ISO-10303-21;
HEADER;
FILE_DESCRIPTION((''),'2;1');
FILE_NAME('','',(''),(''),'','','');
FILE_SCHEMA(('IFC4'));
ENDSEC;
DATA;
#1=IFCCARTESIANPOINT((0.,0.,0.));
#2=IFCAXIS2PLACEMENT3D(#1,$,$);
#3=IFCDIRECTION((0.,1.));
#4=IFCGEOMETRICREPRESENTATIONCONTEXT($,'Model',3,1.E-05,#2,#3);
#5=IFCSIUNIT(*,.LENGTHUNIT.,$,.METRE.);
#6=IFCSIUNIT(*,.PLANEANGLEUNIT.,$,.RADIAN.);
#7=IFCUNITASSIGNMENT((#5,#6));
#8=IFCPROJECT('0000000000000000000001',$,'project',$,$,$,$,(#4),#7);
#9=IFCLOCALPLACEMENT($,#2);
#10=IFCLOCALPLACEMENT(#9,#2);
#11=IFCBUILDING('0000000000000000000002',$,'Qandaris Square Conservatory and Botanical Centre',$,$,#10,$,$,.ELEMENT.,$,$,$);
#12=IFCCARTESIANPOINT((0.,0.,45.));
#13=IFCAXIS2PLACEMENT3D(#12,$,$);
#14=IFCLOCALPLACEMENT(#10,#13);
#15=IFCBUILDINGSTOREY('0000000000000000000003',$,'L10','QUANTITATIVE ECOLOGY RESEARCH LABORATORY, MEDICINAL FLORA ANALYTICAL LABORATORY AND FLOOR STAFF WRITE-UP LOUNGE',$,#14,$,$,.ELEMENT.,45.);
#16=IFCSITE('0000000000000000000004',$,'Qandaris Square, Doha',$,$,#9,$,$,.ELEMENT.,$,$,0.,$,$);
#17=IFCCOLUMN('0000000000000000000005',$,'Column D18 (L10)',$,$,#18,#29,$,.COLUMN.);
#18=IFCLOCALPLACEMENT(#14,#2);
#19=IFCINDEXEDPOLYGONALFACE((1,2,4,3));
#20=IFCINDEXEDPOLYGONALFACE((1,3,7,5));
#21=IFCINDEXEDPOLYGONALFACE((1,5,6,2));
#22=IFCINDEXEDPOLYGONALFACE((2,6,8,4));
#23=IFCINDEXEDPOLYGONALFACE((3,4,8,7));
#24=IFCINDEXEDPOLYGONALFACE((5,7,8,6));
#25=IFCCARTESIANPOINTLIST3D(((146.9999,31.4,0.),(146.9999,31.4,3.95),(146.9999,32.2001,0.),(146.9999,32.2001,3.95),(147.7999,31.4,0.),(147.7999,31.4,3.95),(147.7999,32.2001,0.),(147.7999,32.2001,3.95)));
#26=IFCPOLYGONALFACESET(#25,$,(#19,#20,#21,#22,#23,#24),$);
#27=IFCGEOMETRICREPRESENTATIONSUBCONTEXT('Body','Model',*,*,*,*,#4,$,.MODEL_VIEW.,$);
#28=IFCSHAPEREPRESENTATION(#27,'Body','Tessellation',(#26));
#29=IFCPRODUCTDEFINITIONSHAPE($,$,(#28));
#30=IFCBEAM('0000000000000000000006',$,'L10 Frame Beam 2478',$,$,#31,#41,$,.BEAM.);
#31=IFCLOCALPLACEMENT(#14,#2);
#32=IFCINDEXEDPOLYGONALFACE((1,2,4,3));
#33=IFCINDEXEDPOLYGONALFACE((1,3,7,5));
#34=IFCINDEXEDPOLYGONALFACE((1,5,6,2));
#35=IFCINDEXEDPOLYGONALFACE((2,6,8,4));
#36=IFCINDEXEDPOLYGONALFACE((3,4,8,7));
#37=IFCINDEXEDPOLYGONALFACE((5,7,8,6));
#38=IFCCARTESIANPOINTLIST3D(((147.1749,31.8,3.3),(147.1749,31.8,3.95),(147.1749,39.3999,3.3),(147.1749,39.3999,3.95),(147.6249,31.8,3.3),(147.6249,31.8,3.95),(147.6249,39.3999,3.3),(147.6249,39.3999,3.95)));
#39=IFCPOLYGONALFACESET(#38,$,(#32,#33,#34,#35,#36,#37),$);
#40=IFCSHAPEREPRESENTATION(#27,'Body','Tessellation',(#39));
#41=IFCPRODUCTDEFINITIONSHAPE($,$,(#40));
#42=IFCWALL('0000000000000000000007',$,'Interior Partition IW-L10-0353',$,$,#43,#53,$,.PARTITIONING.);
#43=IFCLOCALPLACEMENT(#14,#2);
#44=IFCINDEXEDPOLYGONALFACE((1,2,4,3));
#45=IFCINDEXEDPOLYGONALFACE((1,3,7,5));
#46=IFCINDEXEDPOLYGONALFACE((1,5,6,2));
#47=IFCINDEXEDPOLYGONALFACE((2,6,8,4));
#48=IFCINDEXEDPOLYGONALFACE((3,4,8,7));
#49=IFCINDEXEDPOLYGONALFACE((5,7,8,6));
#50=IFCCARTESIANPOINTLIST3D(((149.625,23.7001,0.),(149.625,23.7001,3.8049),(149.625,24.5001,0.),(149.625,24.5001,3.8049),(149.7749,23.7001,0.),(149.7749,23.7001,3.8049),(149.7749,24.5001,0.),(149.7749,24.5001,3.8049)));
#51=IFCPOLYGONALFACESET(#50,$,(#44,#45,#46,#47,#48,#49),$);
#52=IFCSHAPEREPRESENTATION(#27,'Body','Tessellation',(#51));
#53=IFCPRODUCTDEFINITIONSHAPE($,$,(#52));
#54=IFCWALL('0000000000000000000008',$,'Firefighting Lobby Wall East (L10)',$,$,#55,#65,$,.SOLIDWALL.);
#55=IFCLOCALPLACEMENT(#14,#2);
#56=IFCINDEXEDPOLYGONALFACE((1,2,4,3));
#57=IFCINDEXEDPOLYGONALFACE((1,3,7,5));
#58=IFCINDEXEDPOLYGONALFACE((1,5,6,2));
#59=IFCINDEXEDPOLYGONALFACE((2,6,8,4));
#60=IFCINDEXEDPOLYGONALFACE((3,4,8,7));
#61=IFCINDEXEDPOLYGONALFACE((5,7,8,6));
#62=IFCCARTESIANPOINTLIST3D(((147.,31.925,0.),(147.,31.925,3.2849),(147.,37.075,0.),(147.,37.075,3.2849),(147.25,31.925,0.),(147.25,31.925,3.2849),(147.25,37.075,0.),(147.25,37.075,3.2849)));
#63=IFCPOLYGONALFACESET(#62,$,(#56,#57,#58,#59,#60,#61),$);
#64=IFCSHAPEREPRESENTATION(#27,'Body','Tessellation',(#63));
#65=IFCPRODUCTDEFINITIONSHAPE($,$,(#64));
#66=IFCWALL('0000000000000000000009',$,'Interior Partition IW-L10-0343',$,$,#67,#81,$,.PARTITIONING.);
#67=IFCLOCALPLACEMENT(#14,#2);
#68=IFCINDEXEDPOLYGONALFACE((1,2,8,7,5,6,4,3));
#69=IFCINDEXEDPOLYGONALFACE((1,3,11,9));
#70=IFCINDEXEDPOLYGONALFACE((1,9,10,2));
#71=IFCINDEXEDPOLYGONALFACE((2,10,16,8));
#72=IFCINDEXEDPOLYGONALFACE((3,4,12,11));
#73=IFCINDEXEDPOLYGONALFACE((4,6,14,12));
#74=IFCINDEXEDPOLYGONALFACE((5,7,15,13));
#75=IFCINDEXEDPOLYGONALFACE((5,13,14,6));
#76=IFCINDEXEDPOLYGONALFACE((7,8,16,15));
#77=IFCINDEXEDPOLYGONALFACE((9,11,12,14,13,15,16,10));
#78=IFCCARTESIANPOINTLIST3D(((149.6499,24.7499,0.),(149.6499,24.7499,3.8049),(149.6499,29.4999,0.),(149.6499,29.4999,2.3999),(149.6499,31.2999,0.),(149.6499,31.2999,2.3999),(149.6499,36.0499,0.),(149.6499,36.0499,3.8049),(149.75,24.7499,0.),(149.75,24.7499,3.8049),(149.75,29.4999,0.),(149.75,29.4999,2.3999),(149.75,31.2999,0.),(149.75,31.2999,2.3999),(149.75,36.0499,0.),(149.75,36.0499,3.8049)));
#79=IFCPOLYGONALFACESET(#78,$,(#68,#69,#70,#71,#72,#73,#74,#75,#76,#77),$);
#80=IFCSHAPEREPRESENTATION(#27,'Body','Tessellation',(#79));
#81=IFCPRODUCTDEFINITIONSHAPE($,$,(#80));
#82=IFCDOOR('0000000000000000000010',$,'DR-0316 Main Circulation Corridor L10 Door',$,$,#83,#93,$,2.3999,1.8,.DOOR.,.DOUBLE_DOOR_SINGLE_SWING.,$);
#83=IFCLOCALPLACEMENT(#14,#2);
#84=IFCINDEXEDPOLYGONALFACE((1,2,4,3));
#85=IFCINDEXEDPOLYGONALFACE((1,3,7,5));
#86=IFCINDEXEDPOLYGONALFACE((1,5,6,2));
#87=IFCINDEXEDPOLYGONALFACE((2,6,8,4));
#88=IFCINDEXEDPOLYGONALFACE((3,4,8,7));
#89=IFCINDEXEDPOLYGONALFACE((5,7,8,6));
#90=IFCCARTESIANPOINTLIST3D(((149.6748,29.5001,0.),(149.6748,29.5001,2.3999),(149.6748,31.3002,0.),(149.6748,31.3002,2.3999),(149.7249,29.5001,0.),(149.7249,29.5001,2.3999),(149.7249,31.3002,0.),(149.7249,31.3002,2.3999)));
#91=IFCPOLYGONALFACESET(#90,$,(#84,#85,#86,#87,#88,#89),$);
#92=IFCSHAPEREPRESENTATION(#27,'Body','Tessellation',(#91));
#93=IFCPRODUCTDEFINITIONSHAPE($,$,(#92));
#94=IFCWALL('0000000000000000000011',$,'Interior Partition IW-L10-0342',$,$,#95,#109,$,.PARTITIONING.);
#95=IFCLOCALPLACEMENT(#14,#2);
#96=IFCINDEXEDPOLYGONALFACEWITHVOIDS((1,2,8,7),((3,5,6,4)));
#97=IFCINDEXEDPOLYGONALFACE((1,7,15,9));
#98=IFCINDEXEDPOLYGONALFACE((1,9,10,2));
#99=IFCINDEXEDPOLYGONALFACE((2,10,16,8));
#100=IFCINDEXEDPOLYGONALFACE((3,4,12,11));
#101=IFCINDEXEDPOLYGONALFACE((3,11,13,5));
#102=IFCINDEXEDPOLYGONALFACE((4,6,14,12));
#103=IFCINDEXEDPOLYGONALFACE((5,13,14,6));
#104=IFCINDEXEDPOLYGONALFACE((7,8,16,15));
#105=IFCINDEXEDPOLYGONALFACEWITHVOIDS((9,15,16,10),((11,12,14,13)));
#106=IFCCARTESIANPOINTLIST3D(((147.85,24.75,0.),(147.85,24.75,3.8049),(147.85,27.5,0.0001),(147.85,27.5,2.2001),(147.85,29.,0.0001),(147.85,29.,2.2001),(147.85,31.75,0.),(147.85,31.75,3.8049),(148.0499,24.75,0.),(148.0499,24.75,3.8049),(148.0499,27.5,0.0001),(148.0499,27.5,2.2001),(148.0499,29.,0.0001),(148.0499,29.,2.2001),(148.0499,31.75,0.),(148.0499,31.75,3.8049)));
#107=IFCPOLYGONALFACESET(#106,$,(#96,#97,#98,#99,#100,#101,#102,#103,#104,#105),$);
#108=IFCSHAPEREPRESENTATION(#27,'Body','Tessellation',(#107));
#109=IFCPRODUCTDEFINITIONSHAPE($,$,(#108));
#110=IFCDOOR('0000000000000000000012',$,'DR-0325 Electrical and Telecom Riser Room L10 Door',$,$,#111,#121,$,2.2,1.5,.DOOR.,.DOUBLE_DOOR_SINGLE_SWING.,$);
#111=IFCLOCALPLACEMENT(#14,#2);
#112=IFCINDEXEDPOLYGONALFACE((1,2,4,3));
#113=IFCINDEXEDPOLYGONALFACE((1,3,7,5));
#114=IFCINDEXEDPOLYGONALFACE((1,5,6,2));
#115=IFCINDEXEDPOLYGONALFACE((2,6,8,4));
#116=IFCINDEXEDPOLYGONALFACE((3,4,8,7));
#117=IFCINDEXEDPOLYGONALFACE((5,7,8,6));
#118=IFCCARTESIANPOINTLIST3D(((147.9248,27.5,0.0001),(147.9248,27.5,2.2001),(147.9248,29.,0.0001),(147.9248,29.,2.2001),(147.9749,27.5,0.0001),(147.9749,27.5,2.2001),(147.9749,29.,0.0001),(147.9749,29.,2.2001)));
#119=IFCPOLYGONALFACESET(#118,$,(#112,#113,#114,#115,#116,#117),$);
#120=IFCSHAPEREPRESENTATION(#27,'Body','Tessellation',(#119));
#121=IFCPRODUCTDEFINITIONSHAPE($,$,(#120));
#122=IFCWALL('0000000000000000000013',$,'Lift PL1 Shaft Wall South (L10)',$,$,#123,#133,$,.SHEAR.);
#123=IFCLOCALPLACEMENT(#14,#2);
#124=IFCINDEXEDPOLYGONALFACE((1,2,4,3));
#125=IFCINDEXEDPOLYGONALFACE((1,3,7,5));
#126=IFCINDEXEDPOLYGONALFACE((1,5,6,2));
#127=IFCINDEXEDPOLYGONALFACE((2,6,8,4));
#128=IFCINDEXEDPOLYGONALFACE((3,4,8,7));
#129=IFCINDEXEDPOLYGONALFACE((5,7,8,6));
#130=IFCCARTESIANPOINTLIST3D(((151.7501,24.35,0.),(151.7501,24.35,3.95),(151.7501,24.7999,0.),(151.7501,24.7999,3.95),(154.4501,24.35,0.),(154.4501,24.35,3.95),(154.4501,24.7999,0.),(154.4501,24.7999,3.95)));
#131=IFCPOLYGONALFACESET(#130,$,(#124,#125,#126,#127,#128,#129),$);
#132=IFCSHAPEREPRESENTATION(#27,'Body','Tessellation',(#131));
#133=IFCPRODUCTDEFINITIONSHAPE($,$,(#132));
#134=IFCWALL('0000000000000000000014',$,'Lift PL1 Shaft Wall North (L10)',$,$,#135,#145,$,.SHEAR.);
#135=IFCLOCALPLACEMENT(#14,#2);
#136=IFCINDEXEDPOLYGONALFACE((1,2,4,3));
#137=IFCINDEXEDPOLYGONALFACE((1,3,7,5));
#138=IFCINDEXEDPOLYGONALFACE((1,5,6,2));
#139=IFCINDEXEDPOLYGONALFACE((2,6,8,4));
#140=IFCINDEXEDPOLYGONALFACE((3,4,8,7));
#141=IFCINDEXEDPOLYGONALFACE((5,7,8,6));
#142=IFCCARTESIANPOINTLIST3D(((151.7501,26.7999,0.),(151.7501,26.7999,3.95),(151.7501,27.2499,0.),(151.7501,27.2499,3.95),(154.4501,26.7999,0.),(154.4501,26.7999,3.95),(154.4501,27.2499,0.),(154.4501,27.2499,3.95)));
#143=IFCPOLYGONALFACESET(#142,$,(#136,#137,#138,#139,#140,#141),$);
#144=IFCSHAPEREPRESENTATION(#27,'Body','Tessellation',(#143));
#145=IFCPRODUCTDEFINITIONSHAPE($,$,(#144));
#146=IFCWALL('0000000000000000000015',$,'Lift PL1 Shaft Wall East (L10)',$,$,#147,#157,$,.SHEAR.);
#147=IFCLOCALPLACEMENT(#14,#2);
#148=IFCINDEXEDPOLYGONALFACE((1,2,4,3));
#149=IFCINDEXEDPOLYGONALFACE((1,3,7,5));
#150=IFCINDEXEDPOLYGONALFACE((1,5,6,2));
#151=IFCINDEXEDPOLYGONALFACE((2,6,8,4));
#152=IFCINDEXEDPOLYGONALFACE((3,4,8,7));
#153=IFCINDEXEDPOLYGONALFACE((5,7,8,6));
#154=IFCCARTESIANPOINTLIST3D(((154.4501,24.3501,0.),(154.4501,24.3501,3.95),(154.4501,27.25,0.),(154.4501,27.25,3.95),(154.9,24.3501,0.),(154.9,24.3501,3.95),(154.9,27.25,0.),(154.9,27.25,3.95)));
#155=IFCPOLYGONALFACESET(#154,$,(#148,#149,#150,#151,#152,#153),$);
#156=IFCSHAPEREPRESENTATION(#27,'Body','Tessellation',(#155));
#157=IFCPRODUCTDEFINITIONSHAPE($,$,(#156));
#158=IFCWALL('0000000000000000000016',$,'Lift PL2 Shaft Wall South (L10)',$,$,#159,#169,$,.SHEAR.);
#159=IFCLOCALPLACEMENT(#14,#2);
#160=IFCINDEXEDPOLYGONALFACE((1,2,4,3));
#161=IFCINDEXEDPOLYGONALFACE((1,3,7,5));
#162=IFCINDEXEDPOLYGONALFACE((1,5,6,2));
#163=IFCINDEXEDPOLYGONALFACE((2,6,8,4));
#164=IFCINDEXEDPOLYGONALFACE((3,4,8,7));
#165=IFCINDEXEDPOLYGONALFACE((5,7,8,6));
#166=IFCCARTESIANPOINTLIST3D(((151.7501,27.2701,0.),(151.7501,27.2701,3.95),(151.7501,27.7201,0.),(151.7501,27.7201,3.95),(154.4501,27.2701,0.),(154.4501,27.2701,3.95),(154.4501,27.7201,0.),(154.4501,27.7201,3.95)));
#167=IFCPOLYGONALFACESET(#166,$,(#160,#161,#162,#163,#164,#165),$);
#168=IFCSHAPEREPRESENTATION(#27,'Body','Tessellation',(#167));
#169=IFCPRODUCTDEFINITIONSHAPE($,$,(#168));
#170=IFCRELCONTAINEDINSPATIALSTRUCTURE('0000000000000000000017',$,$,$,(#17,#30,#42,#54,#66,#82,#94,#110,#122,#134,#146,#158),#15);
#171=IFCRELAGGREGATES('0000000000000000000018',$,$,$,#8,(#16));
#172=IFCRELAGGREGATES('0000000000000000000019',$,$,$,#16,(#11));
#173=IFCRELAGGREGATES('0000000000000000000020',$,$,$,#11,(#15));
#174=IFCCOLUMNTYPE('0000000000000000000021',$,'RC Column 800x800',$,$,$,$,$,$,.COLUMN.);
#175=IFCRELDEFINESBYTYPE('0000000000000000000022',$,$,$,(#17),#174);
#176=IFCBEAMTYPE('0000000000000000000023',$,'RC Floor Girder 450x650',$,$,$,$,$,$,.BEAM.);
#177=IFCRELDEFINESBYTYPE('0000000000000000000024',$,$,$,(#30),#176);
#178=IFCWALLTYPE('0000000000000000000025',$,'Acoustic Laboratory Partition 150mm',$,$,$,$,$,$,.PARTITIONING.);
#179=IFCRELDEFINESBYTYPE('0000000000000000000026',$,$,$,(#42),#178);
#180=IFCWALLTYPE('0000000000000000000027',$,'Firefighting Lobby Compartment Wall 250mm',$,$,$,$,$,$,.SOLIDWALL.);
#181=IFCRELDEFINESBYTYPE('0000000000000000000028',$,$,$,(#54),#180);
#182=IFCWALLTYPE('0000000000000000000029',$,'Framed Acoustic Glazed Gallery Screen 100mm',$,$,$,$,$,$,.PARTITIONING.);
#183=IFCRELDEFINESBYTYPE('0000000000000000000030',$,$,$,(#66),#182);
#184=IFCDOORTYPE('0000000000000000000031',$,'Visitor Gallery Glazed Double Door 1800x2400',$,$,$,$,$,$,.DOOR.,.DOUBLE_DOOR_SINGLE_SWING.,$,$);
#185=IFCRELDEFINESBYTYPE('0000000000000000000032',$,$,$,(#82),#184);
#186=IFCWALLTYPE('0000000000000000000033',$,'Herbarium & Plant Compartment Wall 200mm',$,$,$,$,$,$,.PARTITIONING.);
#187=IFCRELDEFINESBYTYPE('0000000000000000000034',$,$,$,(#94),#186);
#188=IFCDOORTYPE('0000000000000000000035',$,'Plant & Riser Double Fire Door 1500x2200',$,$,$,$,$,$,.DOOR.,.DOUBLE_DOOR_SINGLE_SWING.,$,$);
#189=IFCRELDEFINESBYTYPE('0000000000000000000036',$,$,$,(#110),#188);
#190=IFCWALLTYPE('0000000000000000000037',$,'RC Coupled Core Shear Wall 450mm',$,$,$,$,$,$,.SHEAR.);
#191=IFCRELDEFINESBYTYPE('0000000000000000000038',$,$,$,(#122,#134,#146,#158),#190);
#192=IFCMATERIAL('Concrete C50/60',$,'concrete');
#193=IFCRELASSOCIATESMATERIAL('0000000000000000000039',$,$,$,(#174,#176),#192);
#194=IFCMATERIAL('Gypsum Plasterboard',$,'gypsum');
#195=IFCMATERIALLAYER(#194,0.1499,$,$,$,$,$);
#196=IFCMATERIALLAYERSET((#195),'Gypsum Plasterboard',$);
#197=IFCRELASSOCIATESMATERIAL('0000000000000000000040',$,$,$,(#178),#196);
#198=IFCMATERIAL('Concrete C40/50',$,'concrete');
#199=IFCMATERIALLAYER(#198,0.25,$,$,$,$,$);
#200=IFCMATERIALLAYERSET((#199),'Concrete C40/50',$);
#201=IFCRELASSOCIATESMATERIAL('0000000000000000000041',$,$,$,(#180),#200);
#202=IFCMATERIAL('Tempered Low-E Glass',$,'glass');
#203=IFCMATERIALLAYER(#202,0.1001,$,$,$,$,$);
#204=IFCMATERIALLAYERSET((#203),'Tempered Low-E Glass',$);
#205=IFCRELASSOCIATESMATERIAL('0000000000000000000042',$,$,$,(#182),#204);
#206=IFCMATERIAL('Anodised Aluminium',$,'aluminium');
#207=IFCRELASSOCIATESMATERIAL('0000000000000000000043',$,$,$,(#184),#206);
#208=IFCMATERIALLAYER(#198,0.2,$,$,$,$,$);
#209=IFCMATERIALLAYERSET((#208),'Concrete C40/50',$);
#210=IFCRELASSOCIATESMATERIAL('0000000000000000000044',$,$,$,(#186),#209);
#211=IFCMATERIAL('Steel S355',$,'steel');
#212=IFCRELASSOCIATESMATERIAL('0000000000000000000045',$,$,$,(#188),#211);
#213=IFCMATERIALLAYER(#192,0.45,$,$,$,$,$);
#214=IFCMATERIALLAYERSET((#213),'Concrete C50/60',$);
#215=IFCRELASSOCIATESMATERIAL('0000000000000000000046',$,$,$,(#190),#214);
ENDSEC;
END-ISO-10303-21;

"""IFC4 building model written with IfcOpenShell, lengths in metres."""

from ifc_helpers import new_model, si_unit, direction, frame, frame_2d, origin, origin_2d, place, context, subcontext, project, spatial, rectangle, extrude, material, layer, layer_set, material_profile, profile_set, type_object, element, fill, save


model = new_model("IFC4")

# Units and contexts
model_context = context("Model", 3, precision=1e-05, world=origin(), true_north=direction((0.0, 1.0)))
body_context = subcontext(model_context, "Body", "Model", "MODEL_VIEW")
ifc_project = project(units=[si_unit("LENGTHUNIT", "METRE"), si_unit("PLANEANGLEUNIT", "RADIAN")], contexts=[model_context])

# Site, building, storey
site_placement = place(None, origin())
site = spatial("IfcSite", under=ifc_project, at=site_placement, Name="Qandaris Square, Doha", CompositionType="ELEMENT", RefElevation=0.0)
building_placement = place(site_placement, origin())
building = spatial("IfcBuilding", under=site, at=building_placement, Name="Qandaris Square Conservatory and Botanical Centre", CompositionType="ELEMENT")
storey_placement = place(building_placement, frame((0.0, 0.0, 45.0)))
storey = spatial("IfcBuildingStorey", under=building, at=storey_placement, Name="L10", Description="QUANTITATIVE ECOLOGY RESEARCH LABORATORY, MEDICINAL FLORA ANALYTICAL LABORATORY AND FLOOR STAFF WRITE-UP LOUNGE", CompositionType="ELEMENT", Elevation=45.0)

# Column
ifc_material_1 = material(Name="Concrete C50/60", Category="concrete")
ifc_material_profile_1 = material_profile(ifc_material_1, rectangle(XDim=0.8, YDim=0.8, at=origin_2d()), Name="RC-COL 800x800")
ifc_profile_set_1 = profile_set([ifc_material_profile_1], Name="Concrete C50/60")
column_type = type_object("IfcColumnType", Name="RC Column 800x800", PredefinedType="COLUMN", material=ifc_profile_set_1)
column_placement = place(storey_placement, frame((147.3999, 31.8, 0.0), z_axis=(0.0, 0.0, 1.0), x_axis=(1.0, 0.0, 0.0)))
element("IfcColumn", 1, at=column_placement, inside=storey, type_object=column_type, Name="Column D18 (L10)", PredefinedType="COLUMN", context=body_context, shape_type="SweptSolid", body=[
    extrude(rectangle(XDim=0.8, YDim=0.8, at=origin_2d()), origin(), (0.0, 0.0, 1.0), 3.95),
])

# Beam
ifc_material_profile_2 = material_profile(ifc_material_1, rectangle(XDim=0.45, YDim=0.6499, at=origin_2d()), Name="RC-BM 450x650")
ifc_profile_set_2 = profile_set([ifc_material_profile_2], Name="Concrete C50/60")
beam_type = type_object("IfcBeamType", Name="RC Floor Girder 450x650", PredefinedType="BEAM", material=ifc_profile_set_2)
beam_placement = place(storey_placement, frame((147.3999, 31.8, 3.625), z_axis=(0.0, 1.0, 0.0), x_axis=(-1.0, 0.0, 0.0)))
element("IfcBeam", 2, at=beam_placement, inside=storey, type_object=beam_type, Name="L10 Frame Beam 2478", PredefinedType="BEAM", context=body_context, shape_type="SweptSolid", body=[
    extrude(rectangle(XDim=0.45, YDim=0.6499, at=origin_2d()), origin(), (0.0, 0.0, 1.0), 7.5999),
])

# Walls
ifc_material_2 = material(Name="Gypsum Plasterboard", Category="gypsum")
ifc_layer_1 = layer(ifc_material_2, 0.1499)
ifc_layer_set_1 = layer_set([ifc_layer_1], Name="Gypsum Plasterboard")
wall_type_1 = type_object("IfcWallType", Name="Acoustic Laboratory Partition 150mm", PredefinedType="PARTITIONING", material=ifc_layer_set_1)
wall_1_placement = place(storey_placement, frame((149.7, 24.5, 0.0), z_axis=(0.0, 0.0, 1.0), x_axis=(0.0, -1.0, 0.0)))
element("IfcWall", 3, at=wall_1_placement, inside=storey, type_object=wall_type_1, Name="Interior Partition IW-L10-0353", PredefinedType="PARTITIONING", context=body_context, shape_type="SweptSolid", body=[
    extrude(rectangle(XDim=0.8, YDim=0.1499, at=frame_2d((0.3999, 0.0))), origin(), (0.0, 0.0, 1.0), 3.8049),
])
ifc_material_3 = material(Name="Concrete C40/50", Category="concrete")
ifc_layer_2 = layer(ifc_material_3, 0.25)
ifc_layer_set_2 = layer_set([ifc_layer_2], Name="Concrete C40/50")
wall_type_2 = type_object("IfcWallType", Name="Firefighting Lobby Compartment Wall 250mm", PredefinedType="SOLIDWALL", material=ifc_layer_set_2)
wall_2_placement = place(storey_placement, frame((147.125, 31.925, 0.0), z_axis=(0.0, 0.0, 1.0), x_axis=(0.0, 1.0, 0.0)))
element("IfcWall", 4, at=wall_2_placement, inside=storey, type_object=wall_type_2, Name="Firefighting Lobby Wall East (L10)", PredefinedType="SOLIDWALL", context=body_context, shape_type="SweptSolid", body=[
    extrude(rectangle(XDim=5.1499, YDim=0.25, at=frame_2d((2.575, 0.0))), origin(), (0.0, 0.0, 1.0), 3.2849),
])

# Walls, openings, doors
ifc_material_4 = material(Name="Tempered Low-E Glass", Category="glass")
ifc_layer_3 = layer(ifc_material_4, 0.1001)
ifc_layer_set_3 = layer_set([ifc_layer_3], Name="Tempered Low-E Glass")
wall_type_3 = type_object("IfcWallType", Name="Framed Acoustic Glazed Gallery Screen 100mm", PredefinedType="PARTITIONING", material=ifc_layer_set_3)
wall_3_placement = place(storey_placement, frame((149.7, 24.75, 0.0), z_axis=(0.0, 0.0, 1.0), x_axis=(0.0, 1.0, 0.0)))
wall_3 = element("IfcWall", 5, at=wall_3_placement, inside=storey, type_object=wall_type_3, Name="Interior Partition IW-L10-0343", PredefinedType="PARTITIONING", context=body_context, shape_type="SweptSolid", body=[
    extrude(rectangle(XDim=11.3, YDim=0.1001, at=frame_2d((5.6499, 0.0))), origin(), (0.0, 0.0, 1.0), 3.8049),
])
opening_1_placement = place(wall_3_placement, frame((4.75, 0.0, 0.0)))
opening_1 = element("IfcOpeningElement", 6, at=opening_1_placement, cuts=wall_3, PredefinedType="OPENING", context=body_context, shape_type="SweptSolid", body=[
    extrude(rectangle(XDim=1.8, YDim=2.3999, at=frame_2d((0.8999, 1.2))), frame((0.0, 0.062, 0.0), z_axis=(0.0, -1.0, 0.0), x_axis=(1.0, 0.0, 0.0)), (0.0, 0.0, 1.0), 0.124),
])
ifc_material_5 = material(Name="Anodised Aluminium", Category="aluminium")
door_type_1 = type_object("IfcDoorType", Name="Visitor Gallery Glazed Double Door 1800x2400", OperationType="DOUBLE_DOOR_SINGLE_SWING", PredefinedType="DOOR", material=ifc_material_5)
door_1_placement = place(opening_1_placement, frame((1.8, 0.0, 0.0), z_axis=(0.0, 0.0, 1.0), x_axis=(-1.0, 0.0, 0.0)))
door_1 = element("IfcDoor", 7, at=door_1_placement, inside=storey, type_object=door_type_1, Name="DR-0316 Main Circulation Corridor L10 Door", OperationType="DOUBLE_DOOR_SINGLE_SWING", OverallHeight=2.3999, OverallWidth=1.8, PredefinedType="DOOR", context=body_context, shape_type="SweptSolid", body=[
    extrude(rectangle(XDim=1.8, YDim=2.3999, at=frame_2d((0.8999, 1.2))), frame((0.0, 0.0249, 0.0), z_axis=(0.0, -1.0, 0.0), x_axis=(1.0, 0.0, 0.0)), (0.0, 0.0, 1.0), 0.05),
])
fill(opening_1, door_1)
ifc_layer_4 = layer(ifc_material_3, 0.2)
ifc_layer_set_4 = layer_set([ifc_layer_4], Name="Concrete C40/50")
wall_type_4 = type_object("IfcWallType", Name="Herbarium & Plant Compartment Wall 200mm", PredefinedType="PARTITIONING", material=ifc_layer_set_4)
wall_4_placement = place(storey_placement, frame((147.95, 31.75, 0.0), z_axis=(0.0, 0.0, 1.0), x_axis=(0.0, -1.0, 0.0)))
wall_4 = element("IfcWall", 8, at=wall_4_placement, inside=storey, type_object=wall_type_4, Name="Interior Partition IW-L10-0342", PredefinedType="PARTITIONING", context=body_context, shape_type="SweptSolid", body=[
    extrude(rectangle(XDim=7.0, YDim=0.2, at=frame_2d((3.5, 0.0))), origin(), (0.0, 0.0, 1.0), 3.8049),
])
opening_2_placement = place(wall_4_placement, frame((2.75, 0.0, 0.0)))
opening_2 = element("IfcOpeningElement", 9, at=opening_2_placement, cuts=wall_4, PredefinedType="OPENING", context=body_context, shape_type="SweptSolid", body=[
    extrude(rectangle(XDim=1.5, YDim=2.2, at=frame_2d((0.75, 1.1001))), frame((0.0, 0.1118, 0.0), z_axis=(0.0, -1.0, 0.0), x_axis=(1.0, 0.0, 0.0)), (0.0, 0.0, 1.0), 0.2239),
])
ifc_material_6 = material(Name="Steel S355", Category="steel")
door_type_2 = type_object("IfcDoorType", Name="Plant & Riser Double Fire Door 1500x2200", OperationType="DOUBLE_DOOR_SINGLE_SWING", PredefinedType="DOOR", material=ifc_material_6)
door_2_placement = place(opening_2_placement, origin())
door_2 = element("IfcDoor", 10, at=door_2_placement, inside=storey, type_object=door_type_2, Name="DR-0325 Electrical and Telecom Riser Room L10 Door", OperationType="DOUBLE_DOOR_SINGLE_SWING", OverallHeight=2.2, OverallWidth=1.5, PredefinedType="DOOR", context=body_context, shape_type="SweptSolid", body=[
    extrude(rectangle(XDim=1.5, YDim=2.2, at=frame_2d((0.75, 1.1001))), frame((0.0, 0.0249, 0.0), z_axis=(0.0, -1.0, 0.0), x_axis=(1.0, 0.0, 0.0)), (0.0, 0.0, 1.0), 0.05),
])
fill(opening_2, door_2)

# Walls
ifc_layer_5 = layer(ifc_material_1, 0.45)
ifc_layer_set_5 = layer_set([ifc_layer_5], Name="Concrete C50/60")
wall_type_5 = type_object("IfcWallType", Name="RC Coupled Core Shear Wall 450mm", PredefinedType="SHEAR", material=ifc_layer_set_5)
for number, where, z_axis, x_axis, name in (
    (11, (151.75, 24.575, 0.0), (0.0, 0.0, 1.0), (1.0, 0.0, 0.0), "Lift PL1 Shaft Wall South (L10)"),
    (12, (151.75, 27.0249, 0.0), (0.0, 0.0, 1.0), (1.0, 0.0, 0.0), "Lift PL1 Shaft Wall North (L10)"),
):
    element("IfcWall", number, at=place(storey_placement, frame(where, z_axis=z_axis, x_axis=x_axis)), inside=storey, type_object=wall_type_5, Name=name, PredefinedType="SHEAR", context=body_context, shape_type="SweptSolid", body=[
        extrude(rectangle(XDim=2.7, YDim=0.45, at=frame_2d((1.3501, 0.0))), origin(), (0.0, 0.0, 1.0), 3.95),
    ])
wall_5_placement = place(storey_placement, frame((154.675, 24.3501, 0.0), z_axis=(0.0, 0.0, 1.0), x_axis=(0.0, 1.0, 0.0)))
element("IfcWall", 13, at=wall_5_placement, inside=storey, type_object=wall_type_5, Name="Lift PL1 Shaft Wall East (L10)", PredefinedType="SHEAR", context=body_context, shape_type="SweptSolid", body=[
    extrude(rectangle(XDim=2.8999, YDim=0.45, at=frame_2d((1.45, 0.0))), origin(), (0.0, 0.0, 1.0), 3.95),
])
for number, where, z_axis, x_axis, name in (
    (14, (151.75, 27.4951, 0.0), (0.0, 0.0, 1.0), (1.0, 0.0, 0.0), "Lift PL2 Shaft Wall South (L10)"),
):
    element("IfcWall", number, at=place(storey_placement, frame(where, z_axis=z_axis, x_axis=x_axis)), inside=storey, type_object=wall_type_5, Name=name, PredefinedType="SHEAR", context=body_context, shape_type="SweptSolid", body=[
        extrude(rectangle(XDim=2.7, YDim=0.45, at=frame_2d((1.3501, 0.0))), origin(), (0.0, 0.0, 1.0), 3.95),
    ])

save(model, "model.ifc")
